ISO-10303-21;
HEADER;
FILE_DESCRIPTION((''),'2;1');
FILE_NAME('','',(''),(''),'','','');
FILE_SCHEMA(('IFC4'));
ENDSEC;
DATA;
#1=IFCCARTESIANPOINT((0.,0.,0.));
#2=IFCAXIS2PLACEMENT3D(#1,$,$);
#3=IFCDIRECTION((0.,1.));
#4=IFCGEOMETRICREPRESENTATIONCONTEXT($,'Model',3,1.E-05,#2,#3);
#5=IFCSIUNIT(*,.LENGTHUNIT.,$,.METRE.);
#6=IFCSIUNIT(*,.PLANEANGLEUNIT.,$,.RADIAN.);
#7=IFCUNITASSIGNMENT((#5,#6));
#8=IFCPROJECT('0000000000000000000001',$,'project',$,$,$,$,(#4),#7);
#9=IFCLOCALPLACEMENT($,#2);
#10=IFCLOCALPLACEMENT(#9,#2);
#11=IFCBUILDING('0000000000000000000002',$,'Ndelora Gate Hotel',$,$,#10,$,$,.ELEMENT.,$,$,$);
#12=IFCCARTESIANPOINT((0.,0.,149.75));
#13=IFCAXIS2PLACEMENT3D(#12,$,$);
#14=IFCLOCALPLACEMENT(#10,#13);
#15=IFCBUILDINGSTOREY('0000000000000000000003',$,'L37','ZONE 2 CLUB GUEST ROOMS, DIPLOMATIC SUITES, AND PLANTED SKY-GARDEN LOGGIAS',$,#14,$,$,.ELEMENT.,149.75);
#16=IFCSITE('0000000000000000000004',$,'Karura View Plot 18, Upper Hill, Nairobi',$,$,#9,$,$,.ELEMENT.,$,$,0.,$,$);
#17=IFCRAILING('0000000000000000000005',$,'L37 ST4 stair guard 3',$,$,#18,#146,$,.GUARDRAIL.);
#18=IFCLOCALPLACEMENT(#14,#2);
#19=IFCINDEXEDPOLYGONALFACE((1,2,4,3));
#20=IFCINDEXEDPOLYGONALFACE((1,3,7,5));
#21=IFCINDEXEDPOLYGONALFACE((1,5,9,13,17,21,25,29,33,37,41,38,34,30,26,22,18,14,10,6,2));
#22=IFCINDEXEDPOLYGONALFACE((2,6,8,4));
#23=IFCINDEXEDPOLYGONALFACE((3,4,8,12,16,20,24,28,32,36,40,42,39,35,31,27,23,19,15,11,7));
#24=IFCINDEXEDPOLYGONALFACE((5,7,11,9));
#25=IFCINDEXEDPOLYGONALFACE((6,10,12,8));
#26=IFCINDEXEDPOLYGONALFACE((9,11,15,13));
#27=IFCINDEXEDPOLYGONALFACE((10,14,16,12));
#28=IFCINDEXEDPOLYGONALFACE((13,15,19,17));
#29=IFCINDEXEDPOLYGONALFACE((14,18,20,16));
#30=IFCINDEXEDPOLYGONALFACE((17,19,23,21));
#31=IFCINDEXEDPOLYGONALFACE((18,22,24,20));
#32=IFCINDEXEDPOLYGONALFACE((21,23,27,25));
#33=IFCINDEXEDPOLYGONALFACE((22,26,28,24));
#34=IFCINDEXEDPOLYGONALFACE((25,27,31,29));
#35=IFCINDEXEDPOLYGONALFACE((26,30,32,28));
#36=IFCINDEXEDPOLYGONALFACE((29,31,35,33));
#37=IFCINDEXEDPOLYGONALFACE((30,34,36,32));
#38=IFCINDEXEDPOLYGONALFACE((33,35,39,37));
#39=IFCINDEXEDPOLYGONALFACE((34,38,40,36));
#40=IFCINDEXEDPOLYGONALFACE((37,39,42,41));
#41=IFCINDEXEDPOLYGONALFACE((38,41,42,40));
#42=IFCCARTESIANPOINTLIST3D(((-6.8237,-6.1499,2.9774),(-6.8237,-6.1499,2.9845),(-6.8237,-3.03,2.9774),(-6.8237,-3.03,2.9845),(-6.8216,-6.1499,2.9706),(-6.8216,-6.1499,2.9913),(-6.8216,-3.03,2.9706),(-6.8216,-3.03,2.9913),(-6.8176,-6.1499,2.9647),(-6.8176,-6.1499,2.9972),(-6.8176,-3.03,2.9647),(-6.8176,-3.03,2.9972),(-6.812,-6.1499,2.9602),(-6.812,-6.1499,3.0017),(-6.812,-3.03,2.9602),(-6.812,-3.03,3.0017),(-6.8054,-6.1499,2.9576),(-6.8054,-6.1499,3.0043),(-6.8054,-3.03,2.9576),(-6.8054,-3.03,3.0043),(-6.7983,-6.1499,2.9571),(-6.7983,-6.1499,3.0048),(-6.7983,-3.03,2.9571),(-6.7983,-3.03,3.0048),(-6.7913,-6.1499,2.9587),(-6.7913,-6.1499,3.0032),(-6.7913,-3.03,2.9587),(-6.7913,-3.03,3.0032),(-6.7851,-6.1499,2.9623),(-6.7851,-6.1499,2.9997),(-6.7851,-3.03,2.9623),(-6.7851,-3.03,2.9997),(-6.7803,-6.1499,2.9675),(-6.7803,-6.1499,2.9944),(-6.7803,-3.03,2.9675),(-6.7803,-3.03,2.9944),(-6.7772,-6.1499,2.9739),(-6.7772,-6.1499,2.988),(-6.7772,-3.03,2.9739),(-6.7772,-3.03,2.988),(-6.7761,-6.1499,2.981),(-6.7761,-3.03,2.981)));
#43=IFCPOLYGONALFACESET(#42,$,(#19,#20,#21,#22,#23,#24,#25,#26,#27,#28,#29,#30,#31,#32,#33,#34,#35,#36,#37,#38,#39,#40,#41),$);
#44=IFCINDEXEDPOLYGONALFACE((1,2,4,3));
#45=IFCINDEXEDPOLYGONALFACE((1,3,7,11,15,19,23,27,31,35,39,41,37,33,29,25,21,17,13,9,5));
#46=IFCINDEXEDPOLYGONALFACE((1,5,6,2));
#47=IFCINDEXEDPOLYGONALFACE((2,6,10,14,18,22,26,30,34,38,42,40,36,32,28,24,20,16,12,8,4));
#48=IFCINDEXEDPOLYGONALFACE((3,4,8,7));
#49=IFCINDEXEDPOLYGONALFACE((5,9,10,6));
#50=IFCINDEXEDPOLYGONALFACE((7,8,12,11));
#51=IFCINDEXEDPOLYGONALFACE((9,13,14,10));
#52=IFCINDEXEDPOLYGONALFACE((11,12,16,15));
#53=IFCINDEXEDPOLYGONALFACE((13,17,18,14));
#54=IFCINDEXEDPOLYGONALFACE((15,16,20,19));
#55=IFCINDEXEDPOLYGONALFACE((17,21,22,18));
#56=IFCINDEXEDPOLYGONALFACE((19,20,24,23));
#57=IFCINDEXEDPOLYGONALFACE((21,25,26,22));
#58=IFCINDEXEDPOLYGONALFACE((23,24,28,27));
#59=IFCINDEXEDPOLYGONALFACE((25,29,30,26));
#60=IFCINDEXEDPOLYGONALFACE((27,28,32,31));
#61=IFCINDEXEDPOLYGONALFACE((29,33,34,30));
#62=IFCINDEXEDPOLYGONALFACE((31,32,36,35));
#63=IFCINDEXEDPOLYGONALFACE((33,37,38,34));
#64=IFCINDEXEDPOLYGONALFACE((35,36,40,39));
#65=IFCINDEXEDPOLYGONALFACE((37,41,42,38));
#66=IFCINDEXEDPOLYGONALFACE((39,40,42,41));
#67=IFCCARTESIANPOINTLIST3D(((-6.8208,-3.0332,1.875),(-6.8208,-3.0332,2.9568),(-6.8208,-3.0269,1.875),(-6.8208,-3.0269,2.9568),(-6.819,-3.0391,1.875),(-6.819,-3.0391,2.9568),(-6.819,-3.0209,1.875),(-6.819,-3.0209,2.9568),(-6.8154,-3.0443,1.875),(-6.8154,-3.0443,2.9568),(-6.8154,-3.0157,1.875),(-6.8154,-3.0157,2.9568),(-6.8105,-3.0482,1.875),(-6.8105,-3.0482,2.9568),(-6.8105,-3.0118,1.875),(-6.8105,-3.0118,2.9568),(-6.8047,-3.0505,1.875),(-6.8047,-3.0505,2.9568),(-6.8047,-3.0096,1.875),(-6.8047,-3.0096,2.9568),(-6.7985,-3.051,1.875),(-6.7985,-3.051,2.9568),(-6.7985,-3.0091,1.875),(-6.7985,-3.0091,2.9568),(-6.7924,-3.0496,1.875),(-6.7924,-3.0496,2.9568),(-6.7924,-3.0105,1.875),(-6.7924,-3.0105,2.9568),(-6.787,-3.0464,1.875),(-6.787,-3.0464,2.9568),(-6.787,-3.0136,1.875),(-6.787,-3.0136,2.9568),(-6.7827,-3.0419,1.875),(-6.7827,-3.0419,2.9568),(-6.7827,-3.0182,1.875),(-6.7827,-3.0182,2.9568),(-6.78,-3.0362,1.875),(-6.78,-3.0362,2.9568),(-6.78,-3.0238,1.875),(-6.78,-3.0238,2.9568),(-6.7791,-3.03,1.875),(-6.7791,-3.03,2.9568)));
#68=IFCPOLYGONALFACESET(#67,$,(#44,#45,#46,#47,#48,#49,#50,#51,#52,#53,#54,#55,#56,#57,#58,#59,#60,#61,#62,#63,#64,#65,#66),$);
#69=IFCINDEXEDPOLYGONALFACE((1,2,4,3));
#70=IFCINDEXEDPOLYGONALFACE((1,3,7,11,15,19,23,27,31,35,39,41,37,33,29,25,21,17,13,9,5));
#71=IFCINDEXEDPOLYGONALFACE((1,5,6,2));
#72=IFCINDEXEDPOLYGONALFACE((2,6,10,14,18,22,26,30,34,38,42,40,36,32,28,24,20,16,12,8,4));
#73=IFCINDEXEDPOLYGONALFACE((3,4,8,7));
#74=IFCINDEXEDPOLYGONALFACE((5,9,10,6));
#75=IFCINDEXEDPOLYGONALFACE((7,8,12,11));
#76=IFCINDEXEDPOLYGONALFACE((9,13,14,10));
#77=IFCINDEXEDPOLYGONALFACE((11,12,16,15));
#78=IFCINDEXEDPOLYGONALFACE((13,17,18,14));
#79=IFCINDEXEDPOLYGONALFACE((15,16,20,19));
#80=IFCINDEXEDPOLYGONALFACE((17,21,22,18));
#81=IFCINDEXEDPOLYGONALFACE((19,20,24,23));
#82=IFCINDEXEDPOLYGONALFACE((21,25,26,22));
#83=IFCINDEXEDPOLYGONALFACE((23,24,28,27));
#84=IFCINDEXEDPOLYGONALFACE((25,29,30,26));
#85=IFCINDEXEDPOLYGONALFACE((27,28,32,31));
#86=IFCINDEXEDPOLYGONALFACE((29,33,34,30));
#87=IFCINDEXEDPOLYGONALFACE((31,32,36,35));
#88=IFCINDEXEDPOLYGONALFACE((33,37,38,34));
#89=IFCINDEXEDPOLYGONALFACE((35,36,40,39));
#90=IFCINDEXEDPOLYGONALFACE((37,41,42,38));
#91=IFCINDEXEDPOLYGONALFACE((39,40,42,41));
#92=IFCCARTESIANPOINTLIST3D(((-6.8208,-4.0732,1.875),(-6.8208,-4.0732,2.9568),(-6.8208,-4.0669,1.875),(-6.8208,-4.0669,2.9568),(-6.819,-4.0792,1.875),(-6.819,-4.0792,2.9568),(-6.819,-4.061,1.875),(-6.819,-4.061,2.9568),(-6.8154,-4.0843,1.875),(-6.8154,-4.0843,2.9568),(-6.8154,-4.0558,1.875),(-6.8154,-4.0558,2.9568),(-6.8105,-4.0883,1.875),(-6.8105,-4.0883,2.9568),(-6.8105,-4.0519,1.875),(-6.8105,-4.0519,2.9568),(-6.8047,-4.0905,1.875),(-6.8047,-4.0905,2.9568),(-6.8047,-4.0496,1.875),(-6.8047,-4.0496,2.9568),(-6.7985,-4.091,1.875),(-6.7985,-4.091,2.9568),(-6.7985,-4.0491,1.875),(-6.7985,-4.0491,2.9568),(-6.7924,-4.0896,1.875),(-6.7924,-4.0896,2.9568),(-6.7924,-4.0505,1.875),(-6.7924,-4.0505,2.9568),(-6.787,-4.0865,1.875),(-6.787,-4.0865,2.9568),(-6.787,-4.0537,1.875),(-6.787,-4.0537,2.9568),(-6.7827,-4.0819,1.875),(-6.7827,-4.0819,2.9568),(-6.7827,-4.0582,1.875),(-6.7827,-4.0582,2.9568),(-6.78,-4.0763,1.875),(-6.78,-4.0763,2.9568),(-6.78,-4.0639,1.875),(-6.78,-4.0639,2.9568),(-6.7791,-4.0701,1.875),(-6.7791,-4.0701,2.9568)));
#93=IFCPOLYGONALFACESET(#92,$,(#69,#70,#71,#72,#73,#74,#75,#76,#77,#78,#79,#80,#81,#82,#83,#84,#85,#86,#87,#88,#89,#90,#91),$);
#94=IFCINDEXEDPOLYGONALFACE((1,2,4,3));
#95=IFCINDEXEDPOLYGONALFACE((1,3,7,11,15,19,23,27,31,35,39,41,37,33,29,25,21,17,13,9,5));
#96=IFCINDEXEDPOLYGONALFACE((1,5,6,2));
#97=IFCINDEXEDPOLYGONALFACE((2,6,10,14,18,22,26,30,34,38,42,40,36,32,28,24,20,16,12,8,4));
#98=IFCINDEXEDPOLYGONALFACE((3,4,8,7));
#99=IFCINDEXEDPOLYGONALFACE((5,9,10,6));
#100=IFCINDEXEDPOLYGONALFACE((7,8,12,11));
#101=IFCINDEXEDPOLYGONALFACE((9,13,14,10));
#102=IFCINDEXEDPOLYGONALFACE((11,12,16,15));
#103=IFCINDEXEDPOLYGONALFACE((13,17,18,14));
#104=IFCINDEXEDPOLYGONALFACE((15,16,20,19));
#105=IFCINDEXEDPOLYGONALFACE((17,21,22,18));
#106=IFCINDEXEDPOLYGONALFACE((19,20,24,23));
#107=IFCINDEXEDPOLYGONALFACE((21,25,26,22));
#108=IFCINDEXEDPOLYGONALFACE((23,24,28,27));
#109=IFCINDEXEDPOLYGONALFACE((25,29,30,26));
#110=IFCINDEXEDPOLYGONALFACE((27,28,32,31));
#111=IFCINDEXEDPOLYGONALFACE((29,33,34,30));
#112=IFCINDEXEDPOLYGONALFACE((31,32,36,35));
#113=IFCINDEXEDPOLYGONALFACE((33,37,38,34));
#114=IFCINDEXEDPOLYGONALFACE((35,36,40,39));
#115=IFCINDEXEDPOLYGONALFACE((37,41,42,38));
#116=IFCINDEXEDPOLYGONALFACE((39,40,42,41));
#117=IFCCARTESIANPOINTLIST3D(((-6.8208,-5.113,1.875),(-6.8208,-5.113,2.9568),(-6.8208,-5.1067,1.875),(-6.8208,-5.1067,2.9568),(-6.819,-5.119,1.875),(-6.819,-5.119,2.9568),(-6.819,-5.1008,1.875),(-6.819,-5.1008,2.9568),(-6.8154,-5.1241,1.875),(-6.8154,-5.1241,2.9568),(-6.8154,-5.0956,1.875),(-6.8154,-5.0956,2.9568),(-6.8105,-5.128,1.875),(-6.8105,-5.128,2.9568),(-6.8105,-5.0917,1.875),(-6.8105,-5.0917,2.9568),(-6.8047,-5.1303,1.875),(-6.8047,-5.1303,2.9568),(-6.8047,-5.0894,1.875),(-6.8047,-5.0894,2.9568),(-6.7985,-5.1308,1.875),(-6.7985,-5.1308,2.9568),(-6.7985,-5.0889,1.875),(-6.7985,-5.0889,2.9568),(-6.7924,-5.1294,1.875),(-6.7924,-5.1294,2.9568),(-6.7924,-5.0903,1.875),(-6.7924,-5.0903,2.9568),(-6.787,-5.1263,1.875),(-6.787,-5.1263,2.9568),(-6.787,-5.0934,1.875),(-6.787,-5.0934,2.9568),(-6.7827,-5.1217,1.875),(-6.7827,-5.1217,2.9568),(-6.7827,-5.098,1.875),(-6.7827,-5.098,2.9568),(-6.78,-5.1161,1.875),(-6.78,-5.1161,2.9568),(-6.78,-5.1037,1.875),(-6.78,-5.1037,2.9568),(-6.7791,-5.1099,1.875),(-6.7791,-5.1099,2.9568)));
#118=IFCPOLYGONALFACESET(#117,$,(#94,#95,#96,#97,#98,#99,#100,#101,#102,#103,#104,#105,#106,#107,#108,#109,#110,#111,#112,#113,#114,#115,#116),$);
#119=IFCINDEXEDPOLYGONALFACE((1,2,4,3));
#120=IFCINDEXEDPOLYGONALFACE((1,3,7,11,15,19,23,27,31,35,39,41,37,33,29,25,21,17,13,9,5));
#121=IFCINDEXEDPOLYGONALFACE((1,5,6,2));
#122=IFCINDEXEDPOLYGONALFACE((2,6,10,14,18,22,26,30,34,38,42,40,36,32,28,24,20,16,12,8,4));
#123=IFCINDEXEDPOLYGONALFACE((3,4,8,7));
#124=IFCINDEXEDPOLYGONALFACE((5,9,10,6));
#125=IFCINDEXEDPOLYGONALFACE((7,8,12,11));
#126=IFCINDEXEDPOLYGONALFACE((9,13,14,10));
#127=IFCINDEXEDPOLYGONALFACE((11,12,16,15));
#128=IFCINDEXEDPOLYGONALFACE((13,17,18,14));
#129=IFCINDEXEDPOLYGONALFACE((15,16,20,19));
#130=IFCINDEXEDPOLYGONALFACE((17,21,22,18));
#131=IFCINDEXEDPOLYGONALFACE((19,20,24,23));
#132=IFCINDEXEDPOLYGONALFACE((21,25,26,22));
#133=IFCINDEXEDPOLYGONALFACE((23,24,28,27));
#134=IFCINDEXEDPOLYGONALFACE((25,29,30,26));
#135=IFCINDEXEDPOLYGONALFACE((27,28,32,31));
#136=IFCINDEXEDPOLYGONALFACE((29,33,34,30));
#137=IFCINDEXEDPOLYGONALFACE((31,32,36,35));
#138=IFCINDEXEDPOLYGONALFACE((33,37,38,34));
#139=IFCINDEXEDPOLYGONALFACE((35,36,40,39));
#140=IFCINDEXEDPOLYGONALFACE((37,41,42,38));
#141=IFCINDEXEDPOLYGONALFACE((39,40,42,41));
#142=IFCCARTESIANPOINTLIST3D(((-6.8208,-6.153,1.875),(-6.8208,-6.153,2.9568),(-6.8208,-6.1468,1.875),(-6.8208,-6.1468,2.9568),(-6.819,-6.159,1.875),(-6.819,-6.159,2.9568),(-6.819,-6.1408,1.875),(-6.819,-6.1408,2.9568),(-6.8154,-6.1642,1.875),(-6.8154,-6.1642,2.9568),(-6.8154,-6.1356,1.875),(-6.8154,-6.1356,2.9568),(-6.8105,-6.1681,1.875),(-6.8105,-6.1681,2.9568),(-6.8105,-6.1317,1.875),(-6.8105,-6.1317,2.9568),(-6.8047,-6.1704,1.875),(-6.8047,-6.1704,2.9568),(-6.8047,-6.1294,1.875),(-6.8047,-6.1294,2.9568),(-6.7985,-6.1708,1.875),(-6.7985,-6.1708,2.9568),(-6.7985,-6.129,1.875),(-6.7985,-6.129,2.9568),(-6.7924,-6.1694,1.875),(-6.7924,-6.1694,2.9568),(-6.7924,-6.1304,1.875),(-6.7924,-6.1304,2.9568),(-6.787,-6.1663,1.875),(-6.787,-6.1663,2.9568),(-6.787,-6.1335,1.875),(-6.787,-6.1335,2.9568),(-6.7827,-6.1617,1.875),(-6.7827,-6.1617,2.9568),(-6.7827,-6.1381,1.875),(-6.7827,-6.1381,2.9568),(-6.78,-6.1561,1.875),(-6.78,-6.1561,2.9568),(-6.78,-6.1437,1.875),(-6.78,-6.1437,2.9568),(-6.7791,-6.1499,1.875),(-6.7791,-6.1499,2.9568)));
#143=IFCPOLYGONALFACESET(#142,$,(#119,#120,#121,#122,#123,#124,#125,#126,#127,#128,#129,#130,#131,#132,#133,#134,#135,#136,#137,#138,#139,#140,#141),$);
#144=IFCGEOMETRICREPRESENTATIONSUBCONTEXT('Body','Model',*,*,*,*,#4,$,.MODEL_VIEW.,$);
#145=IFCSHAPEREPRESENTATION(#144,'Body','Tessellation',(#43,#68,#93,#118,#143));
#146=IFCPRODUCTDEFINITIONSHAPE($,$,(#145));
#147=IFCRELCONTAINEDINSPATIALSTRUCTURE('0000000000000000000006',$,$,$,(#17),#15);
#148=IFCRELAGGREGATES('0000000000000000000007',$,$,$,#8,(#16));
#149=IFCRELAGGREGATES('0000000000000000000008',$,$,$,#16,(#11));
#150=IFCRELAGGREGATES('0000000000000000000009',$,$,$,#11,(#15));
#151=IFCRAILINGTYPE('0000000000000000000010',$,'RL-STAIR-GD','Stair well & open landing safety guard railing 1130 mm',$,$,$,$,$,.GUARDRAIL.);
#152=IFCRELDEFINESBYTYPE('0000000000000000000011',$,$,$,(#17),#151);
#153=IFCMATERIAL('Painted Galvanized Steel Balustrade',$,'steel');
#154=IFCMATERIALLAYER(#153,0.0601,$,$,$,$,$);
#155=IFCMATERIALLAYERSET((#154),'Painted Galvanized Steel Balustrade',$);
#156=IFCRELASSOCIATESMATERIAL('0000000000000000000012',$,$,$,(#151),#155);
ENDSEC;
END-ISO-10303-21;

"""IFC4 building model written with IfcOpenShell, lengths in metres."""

from ifc_helpers import new_model, si_unit, direction, frame, origin, origin_2d, place, context, subcontext, project, spatial, circle, extrude, material, layer, layer_set, type_object, element, save


model = new_model("IFC4")

# Units and contexts
model_context = context("Model", 3, precision=1e-05, world=origin(), true_north=direction((0.0, 1.0)))
body_context = subcontext(model_context, "Body", "Model", "MODEL_VIEW")
ifc_project = project(units=[si_unit("LENGTHUNIT", "METRE"), si_unit("PLANEANGLEUNIT", "RADIAN")], contexts=[model_context])

# Site, building, storey
site_placement = place(None, origin())
site = spatial("IfcSite", under=ifc_project, at=site_placement, Name="Karura View Plot 18, Upper Hill, Nairobi", CompositionType="ELEMENT", RefElevation=0.0)
building_placement = place(site_placement, origin())
building = spatial("IfcBuilding", under=site, at=building_placement, Name="Ndelora Gate Hotel", CompositionType="ELEMENT")
storey_placement = place(building_placement, frame((0.0, 0.0, 149.75)))
storey = spatial("IfcBuildingStorey", under=building, at=storey_placement, Name="L37", Description="ZONE 2 CLUB GUEST ROOMS, DIPLOMATIC SUITES, AND PLANTED SKY-GARDEN LOGGIAS", CompositionType="ELEMENT", Elevation=149.75)

# Railing
ifc_material_1 = material(Name="Painted Galvanized Steel Balustrade", Category="steel")
ifc_layer_1 = layer(ifc_material_1, 0.0601)
ifc_layer_set_1 = layer_set([ifc_layer_1], Name="Painted Galvanized Steel Balustrade")
railing_type_1 = type_object("IfcRailingType", Name="RL-STAIR-GD", Description="Stair well & open landing safety guard railing 1130 mm", PredefinedType="GUARDRAIL", material=ifc_layer_set_1)
for number, where, name in (
    (1, (-6.8, -3.03, 1.875), "L37 ST4 stair guard 3"),
):
    element("IfcRailing", number, at=place(storey_placement, frame(where)), inside=storey, type_object=railing_type_1, Name=name, PredefinedType="GUARDRAIL", context=body_context, shape_type="SweptSolid", body=[
        extrude(circle(Radius=0.0239, at=origin_2d()), frame((0.0, 0.0, 1.106), z_axis=(0.0, -1.0, 0.0), x_axis=(1.0, 0.0, 0.0)), (0.0, 0.0, 1.0), 3.1199),
        extrude(circle(Radius=0.021, at=origin_2d()), origin(), (0.0, 0.0, 1.0), 1.0818),
        extrude(circle(Radius=0.021, at=origin_2d()), frame((0.0, -1.04, 0.0)), (0.0, 0.0, 1.0), 1.0818),
        extrude(circle(Radius=0.021, at=origin_2d()), frame((0.0, -2.0798, 0.0)), (0.0, 0.0, 1.0), 1.0818),
        extrude(circle(Radius=0.021, at=origin_2d()), frame((0.0, -3.1199, 0.0)), (0.0, 0.0, 1.0), 1.0818),
    ])

save(model, "model.ifc")
